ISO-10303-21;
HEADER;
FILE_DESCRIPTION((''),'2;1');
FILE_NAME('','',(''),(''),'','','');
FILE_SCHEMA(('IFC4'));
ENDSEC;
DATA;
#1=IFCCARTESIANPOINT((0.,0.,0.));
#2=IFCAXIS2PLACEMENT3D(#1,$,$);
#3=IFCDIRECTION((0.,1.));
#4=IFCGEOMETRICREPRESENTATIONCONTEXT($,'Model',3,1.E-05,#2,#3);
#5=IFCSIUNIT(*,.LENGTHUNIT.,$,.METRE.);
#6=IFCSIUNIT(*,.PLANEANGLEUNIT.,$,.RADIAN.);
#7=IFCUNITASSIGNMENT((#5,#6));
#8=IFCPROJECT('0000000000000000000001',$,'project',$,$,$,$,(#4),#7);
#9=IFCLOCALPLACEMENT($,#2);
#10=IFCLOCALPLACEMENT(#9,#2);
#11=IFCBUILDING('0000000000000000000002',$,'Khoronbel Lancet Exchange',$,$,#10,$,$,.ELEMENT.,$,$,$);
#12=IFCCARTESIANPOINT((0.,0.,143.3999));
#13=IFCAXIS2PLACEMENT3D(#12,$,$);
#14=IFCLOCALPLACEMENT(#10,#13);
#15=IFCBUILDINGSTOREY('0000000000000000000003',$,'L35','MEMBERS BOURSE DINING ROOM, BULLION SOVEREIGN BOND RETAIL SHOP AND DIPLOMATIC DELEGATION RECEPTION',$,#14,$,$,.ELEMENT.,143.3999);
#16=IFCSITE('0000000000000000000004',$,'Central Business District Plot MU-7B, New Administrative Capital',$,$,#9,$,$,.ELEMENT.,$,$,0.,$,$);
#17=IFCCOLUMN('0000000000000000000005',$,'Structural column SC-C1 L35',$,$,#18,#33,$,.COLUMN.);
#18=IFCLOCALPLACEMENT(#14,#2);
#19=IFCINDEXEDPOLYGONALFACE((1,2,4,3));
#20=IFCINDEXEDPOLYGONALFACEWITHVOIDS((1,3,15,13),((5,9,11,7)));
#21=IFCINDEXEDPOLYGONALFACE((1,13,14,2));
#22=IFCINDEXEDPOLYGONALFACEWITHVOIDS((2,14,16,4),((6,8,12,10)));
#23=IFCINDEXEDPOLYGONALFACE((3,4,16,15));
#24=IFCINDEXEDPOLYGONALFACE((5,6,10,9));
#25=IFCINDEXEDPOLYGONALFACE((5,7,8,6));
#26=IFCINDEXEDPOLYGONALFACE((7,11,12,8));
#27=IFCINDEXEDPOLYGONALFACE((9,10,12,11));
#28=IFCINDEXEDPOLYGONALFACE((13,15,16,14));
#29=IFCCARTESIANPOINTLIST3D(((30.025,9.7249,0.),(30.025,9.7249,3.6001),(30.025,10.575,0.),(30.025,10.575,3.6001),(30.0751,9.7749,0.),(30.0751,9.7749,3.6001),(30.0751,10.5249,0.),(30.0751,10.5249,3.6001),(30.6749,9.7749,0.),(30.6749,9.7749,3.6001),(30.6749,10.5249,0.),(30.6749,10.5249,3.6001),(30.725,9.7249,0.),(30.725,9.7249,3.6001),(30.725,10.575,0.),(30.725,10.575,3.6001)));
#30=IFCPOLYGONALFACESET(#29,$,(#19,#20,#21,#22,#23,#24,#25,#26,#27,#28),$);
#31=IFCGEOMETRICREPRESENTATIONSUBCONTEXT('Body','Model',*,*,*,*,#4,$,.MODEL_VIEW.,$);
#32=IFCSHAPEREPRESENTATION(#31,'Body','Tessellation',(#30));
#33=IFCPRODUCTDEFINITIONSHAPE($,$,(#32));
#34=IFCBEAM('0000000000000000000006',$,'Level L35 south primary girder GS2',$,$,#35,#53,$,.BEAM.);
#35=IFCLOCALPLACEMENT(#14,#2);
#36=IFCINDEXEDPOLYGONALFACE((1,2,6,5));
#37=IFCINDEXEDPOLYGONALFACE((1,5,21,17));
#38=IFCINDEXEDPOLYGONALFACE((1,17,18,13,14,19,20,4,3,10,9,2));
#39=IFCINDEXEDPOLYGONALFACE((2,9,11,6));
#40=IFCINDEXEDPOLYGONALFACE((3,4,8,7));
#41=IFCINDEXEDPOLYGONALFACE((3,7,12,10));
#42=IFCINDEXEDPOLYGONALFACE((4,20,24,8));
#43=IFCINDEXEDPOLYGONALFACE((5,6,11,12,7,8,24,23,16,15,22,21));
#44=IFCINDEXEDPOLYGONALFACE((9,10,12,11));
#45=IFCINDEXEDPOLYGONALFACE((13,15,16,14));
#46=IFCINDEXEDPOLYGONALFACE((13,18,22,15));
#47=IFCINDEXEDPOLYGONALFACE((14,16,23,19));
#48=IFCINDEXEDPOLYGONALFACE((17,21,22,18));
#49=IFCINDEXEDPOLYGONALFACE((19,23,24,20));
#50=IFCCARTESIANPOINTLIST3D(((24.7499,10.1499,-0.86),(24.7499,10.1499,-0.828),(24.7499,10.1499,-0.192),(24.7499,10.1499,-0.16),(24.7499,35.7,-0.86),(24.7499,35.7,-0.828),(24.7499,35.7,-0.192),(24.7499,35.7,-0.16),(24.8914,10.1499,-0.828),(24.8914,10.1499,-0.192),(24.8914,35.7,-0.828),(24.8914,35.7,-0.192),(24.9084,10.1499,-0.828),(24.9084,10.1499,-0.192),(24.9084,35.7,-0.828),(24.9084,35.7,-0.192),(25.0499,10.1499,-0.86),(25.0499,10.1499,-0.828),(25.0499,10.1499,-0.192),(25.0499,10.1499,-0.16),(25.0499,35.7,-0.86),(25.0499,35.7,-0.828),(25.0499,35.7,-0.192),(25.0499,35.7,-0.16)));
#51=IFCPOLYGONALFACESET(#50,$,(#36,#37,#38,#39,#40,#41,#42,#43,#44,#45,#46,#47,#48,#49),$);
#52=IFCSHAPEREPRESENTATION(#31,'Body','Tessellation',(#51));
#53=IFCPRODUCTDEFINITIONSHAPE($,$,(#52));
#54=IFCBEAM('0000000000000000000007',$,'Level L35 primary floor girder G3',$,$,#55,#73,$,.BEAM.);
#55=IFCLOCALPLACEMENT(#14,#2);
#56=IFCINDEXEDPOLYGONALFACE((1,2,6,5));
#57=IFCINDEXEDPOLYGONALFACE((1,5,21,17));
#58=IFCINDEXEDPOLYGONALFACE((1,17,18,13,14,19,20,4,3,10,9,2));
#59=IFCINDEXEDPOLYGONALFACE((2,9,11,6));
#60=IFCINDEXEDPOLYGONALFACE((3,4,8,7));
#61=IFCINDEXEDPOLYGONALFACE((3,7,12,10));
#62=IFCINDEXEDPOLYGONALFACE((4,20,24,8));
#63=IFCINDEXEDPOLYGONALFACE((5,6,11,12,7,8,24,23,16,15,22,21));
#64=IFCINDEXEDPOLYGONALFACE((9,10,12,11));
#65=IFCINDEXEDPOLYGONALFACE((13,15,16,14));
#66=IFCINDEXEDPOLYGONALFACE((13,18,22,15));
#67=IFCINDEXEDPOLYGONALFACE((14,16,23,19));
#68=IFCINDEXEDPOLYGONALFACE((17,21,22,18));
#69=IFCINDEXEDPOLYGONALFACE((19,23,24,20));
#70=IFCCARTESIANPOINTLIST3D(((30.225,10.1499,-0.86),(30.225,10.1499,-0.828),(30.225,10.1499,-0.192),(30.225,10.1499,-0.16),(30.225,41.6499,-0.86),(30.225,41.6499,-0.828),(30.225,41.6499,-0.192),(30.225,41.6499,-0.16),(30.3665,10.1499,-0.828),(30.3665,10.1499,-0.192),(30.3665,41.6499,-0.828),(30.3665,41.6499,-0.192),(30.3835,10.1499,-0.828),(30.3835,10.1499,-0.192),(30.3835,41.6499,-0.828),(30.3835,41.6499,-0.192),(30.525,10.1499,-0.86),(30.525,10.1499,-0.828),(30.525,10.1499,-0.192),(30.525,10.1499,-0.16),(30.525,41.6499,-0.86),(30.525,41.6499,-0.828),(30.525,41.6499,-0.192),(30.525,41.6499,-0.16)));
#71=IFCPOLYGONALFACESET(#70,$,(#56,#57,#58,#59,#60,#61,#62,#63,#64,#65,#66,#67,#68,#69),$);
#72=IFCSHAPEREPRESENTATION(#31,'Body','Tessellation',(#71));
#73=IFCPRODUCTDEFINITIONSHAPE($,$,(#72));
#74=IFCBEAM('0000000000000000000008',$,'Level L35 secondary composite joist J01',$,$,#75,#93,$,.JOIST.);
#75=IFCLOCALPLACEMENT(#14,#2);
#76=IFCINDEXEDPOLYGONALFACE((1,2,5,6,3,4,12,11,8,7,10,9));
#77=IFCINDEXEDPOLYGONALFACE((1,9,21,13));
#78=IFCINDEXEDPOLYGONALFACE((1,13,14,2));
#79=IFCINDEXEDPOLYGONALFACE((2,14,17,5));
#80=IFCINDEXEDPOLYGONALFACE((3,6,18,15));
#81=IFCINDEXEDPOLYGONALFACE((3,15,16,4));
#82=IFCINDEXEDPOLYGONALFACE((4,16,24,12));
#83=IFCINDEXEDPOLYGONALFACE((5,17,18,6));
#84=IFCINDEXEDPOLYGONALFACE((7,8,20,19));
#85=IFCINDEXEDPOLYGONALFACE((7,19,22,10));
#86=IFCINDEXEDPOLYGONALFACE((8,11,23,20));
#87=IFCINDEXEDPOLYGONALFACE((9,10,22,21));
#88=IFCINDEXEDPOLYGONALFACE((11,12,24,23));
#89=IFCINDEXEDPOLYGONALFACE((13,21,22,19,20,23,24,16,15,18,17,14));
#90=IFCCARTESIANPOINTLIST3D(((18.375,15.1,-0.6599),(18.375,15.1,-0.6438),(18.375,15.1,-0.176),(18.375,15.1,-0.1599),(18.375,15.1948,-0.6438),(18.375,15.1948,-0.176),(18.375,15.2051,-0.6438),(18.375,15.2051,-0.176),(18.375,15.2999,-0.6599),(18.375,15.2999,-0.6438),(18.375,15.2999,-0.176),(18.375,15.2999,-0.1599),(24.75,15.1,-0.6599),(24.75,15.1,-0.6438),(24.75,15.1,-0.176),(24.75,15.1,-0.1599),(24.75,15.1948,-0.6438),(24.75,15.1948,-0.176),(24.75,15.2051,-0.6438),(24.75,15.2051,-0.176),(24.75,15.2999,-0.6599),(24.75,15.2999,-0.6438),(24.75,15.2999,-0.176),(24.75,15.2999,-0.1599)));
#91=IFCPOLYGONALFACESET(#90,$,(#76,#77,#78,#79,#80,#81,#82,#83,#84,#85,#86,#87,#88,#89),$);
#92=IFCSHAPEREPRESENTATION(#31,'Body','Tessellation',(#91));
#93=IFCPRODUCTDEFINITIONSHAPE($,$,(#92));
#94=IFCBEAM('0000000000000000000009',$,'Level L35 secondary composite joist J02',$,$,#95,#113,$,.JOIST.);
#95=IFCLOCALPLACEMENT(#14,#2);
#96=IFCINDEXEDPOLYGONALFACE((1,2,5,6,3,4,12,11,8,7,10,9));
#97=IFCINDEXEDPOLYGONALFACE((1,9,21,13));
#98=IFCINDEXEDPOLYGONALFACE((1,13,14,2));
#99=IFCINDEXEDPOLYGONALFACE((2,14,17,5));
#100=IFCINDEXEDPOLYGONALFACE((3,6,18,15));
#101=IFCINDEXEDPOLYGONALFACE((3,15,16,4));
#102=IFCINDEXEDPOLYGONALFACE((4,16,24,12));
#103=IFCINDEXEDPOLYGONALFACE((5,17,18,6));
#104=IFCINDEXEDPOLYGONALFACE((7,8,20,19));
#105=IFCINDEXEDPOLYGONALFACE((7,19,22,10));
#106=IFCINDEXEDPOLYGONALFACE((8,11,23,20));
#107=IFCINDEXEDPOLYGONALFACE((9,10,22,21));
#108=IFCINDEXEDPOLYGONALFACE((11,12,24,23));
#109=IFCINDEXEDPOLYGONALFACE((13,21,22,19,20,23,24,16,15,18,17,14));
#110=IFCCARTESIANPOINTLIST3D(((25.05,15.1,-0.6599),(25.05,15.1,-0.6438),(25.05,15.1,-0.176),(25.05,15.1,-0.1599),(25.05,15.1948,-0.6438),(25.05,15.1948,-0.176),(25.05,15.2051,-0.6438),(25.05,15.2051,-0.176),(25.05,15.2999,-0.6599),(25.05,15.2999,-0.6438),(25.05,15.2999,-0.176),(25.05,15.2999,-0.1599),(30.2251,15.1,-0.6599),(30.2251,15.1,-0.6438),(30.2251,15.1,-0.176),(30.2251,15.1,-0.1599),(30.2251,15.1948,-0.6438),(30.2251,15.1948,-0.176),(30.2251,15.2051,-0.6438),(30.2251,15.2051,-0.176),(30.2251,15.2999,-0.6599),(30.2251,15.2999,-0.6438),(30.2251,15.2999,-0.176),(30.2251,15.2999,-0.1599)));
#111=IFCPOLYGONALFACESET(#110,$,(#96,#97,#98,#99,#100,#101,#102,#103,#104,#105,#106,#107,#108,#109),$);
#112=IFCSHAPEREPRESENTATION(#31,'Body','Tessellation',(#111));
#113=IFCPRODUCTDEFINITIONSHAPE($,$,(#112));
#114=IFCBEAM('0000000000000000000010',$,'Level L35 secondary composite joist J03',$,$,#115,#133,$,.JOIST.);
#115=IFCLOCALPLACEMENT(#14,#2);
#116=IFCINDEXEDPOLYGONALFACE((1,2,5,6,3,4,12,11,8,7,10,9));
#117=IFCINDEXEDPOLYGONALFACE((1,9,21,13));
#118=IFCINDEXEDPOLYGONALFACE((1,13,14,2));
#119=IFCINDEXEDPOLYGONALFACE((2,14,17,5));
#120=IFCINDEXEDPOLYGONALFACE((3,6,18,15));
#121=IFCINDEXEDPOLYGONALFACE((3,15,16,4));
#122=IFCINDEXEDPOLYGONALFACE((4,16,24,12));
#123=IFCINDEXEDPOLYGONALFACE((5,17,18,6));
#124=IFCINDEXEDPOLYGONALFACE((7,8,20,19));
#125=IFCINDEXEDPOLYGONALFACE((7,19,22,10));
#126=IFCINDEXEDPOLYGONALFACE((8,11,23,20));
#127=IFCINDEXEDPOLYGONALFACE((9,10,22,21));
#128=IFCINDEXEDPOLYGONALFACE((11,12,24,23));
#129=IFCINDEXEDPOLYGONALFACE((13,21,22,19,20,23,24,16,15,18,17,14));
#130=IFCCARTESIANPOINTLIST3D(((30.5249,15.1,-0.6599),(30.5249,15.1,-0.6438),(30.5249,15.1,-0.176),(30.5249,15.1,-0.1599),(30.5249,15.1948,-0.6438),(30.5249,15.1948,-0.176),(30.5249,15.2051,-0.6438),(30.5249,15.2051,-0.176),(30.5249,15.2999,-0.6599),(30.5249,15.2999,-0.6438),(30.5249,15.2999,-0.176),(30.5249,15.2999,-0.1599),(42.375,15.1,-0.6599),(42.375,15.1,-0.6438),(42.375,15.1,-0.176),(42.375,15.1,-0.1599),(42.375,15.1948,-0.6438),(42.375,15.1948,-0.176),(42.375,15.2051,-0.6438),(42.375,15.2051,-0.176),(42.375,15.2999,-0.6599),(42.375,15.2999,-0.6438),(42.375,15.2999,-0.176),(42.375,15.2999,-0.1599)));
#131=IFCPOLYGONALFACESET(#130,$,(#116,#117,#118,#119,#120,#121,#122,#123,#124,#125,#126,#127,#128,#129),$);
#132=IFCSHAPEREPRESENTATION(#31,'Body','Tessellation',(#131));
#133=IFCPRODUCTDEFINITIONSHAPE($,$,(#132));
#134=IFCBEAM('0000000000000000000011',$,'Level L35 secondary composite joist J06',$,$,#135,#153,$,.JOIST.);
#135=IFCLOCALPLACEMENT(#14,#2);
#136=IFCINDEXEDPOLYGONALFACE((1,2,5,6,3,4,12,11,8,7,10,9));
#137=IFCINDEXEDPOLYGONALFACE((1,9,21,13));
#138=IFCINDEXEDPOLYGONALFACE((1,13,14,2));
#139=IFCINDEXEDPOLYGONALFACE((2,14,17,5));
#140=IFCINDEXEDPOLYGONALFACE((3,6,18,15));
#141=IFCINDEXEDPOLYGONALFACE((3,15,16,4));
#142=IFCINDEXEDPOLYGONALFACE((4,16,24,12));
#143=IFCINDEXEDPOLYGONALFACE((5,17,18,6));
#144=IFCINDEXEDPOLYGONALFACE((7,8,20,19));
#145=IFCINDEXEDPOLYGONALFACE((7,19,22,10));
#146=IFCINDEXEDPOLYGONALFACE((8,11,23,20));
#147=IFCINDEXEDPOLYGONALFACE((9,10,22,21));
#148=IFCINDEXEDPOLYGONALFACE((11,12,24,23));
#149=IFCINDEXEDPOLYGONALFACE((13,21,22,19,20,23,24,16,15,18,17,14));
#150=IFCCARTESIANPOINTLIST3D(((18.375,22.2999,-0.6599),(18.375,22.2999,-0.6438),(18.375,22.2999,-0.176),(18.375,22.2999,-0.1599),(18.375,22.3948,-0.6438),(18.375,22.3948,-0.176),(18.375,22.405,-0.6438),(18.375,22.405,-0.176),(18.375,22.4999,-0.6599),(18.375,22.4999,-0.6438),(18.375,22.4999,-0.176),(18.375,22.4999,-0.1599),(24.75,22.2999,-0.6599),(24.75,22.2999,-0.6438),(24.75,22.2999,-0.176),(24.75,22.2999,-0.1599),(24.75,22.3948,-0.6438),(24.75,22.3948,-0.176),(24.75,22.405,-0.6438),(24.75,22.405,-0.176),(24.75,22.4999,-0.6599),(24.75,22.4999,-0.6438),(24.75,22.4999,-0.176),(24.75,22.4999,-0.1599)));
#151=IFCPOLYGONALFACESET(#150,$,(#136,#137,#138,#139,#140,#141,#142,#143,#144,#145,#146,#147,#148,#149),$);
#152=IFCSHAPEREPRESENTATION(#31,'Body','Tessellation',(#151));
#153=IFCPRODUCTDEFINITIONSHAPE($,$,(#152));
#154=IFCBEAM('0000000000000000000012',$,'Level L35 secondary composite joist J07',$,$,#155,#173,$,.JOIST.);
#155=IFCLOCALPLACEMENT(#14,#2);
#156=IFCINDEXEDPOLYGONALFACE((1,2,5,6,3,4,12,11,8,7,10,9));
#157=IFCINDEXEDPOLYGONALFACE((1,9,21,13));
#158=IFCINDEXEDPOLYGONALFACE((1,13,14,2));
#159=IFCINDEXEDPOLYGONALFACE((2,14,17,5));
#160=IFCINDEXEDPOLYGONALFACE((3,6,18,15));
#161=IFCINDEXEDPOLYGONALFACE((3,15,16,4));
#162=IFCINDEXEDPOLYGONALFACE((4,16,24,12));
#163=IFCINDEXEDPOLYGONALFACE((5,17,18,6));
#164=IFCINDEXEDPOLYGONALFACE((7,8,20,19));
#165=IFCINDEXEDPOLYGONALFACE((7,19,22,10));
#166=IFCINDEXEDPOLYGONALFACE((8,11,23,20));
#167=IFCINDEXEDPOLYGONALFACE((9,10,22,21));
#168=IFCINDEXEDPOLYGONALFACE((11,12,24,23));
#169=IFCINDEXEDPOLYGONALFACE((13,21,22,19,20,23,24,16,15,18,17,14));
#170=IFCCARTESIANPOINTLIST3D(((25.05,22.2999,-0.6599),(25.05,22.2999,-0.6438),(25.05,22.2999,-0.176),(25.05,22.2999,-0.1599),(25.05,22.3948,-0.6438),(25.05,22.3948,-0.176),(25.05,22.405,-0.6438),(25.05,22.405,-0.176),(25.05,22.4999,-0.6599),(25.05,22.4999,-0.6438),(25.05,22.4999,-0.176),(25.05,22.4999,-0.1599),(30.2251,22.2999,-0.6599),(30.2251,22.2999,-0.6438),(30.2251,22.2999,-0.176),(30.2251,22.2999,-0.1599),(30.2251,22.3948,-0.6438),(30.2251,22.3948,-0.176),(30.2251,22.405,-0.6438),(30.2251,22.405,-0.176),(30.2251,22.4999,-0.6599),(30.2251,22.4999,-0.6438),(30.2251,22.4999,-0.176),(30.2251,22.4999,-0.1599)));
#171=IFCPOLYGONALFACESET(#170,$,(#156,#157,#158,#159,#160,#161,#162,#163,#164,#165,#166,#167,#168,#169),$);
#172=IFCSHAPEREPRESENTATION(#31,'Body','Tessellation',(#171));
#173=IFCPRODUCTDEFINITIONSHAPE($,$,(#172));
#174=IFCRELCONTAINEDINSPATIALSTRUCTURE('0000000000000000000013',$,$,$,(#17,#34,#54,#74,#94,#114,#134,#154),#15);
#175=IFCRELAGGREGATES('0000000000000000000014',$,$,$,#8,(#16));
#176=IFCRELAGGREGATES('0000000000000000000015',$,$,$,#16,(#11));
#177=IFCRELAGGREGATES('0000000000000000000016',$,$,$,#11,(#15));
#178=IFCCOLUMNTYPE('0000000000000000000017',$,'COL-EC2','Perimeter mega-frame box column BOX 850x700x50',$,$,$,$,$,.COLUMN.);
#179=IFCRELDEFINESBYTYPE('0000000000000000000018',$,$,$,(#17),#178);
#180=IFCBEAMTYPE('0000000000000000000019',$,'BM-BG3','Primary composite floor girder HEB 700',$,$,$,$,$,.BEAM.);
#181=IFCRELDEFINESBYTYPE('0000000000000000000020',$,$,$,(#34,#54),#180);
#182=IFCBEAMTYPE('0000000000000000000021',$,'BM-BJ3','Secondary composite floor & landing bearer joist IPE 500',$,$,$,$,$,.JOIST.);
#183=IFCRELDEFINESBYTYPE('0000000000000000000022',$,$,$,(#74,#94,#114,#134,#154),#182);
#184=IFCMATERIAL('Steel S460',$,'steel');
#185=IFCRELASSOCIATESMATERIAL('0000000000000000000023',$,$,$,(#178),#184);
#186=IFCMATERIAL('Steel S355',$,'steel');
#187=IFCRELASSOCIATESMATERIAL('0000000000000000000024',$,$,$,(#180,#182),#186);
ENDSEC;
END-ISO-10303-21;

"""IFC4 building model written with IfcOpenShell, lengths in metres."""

from ifc_helpers import new_model, si_unit, direction, frame, origin, origin_2d, place, context, subcontext, project, spatial, hollow_rectangle, i_section, extrude, material, material_profile, profile_set, type_object, element, save


model = new_model("IFC4")

# Units and contexts
model_context = context("Model", 3, precision=1e-05, world=origin(), true_north=direction((0.0, 1.0)))
body_context = subcontext(model_context, "Body", "Model", "MODEL_VIEW")
ifc_project = project(units=[si_unit("LENGTHUNIT", "METRE"), si_unit("PLANEANGLEUNIT", "RADIAN")], contexts=[model_context])

# Site, building, storey
site_placement = place(None, origin())
site = spatial("IfcSite", under=ifc_project, at=site_placement, Name="Central Business District Plot MU-7B, New Administrative Capital", CompositionType="ELEMENT", RefElevation=0.0)
building_placement = place(site_placement, origin())
building = spatial("IfcBuilding", under=site, at=building_placement, Name="Khoronbel Lancet Exchange", CompositionType="ELEMENT")
storey_placement = place(building_placement, frame((0.0, 0.0, 143.3999)))
storey = spatial("IfcBuildingStorey", under=building, at=storey_placement, Name="L35", Description="MEMBERS BOURSE DINING ROOM, BULLION SOVEREIGN BOND RETAIL SHOP AND DIPLOMATIC DELEGATION RECEPTION", CompositionType="ELEMENT", Elevation=143.3999)

# Column
ifc_material_1 = material(Name="Steel S460", Category="steel")
ifc_material_profile_1 = material_profile(ifc_material_1, hollow_rectangle(XDim=0.7, YDim=0.8501, WallThickness=0.05, at=origin_2d()), Name="BOX 850x700x50")
ifc_profile_set_1 = profile_set([ifc_material_profile_1], Name="Steel S460")
column_type = type_object("IfcColumnType", Name="COL-EC2", Description="Perimeter mega-frame box column BOX 850x700x50", PredefinedType="COLUMN", material=ifc_profile_set_1)
column_placement = place(storey_placement, frame((30.375, 10.1499, 0.0), z_axis=(0.0, 0.0, 1.0), x_axis=(1.0, 0.0, 0.0)))
element("IfcColumn", 1, at=column_placement, inside=storey, type_object=column_type, Name="Structural column SC-C1 L35", PredefinedType="COLUMN", context=body_context, shape_type="SweptSolid", body=[
    extrude(hollow_rectangle(XDim=0.7, YDim=0.8501, WallThickness=0.05, at=origin_2d()), origin(), (0.0, 0.0, 1.0), 3.6001),
])

# Beams
ifc_material_2 = material(Name="Steel S355", Category="steel")
ifc_material_profile_2 = material_profile(ifc_material_2, i_section(OverallWidth=0.3, OverallDepth=0.7, WebThickness=0.0171, FlangeThickness=0.032, at=origin_2d()), Name="HEB 700")
ifc_profile_set_2 = profile_set([ifc_material_profile_2], Name="Steel S355")
beam_type_1 = type_object("IfcBeamType", Name="BM-BG3", Description="Primary composite floor girder HEB 700", PredefinedType="BEAM", material=ifc_profile_set_2)
beam_1_placement = place(storey_placement, frame((24.8999, 10.1499, -0.51), z_axis=(0.0, 1.0, 0.0), x_axis=(-1.0, 0.0, 0.0)))
element("IfcBeam", 2, at=beam_1_placement, inside=storey, type_object=beam_type_1, Name="Level L35 south primary girder GS2", PredefinedType="BEAM", context=body_context, shape_type="SweptSolid", body=[
    extrude(i_section(OverallWidth=0.3, OverallDepth=0.7, WebThickness=0.0171, FlangeThickness=0.032, at=origin_2d()), origin(), (0.0, 0.0, 1.0), 25.55),
])
beam_2_placement = place(storey_placement, frame((30.375, 10.1499, -0.51), z_axis=(0.0, 1.0, 0.0), x_axis=(-1.0, 0.0, 0.0)))
element("IfcBeam", 3, at=beam_2_placement, inside=storey, type_object=beam_type_1, Name="Level L35 primary floor girder G3", PredefinedType="BEAM", context=body_context, shape_type="SweptSolid", body=[
    extrude(i_section(OverallWidth=0.3, OverallDepth=0.7, WebThickness=0.0171, FlangeThickness=0.032, at=origin_2d()), origin(), (0.0, 0.0, 1.0), 31.5),
])
ifc_material_profile_3 = material_profile(ifc_material_2, i_section(OverallWidth=0.2, OverallDepth=0.5, WebThickness=0.0103, FlangeThickness=0.0161, at=origin_2d()), Name="IPE 500")
ifc_profile_set_3 = profile_set([ifc_material_profile_3], Name="Steel S355")
beam_type_2 = type_object("IfcBeamType", Name="BM-BJ3", Description="Secondary composite floor & landing bearer joist IPE 500", PredefinedType="JOIST", material=ifc_profile_set_3)
beam_3_placement = place(storey_placement, frame((18.375, 15.2, -0.4099), z_axis=(1.0, 0.0, 0.0), x_axis=(0.0, 1.0, 0.0)))
element("IfcBeam", 4, at=beam_3_placement, inside=storey, type_object=beam_type_2, Name="Level L35 secondary composite joist J01", PredefinedType="JOIST", context=body_context, shape_type="SweptSolid", body=[
    extrude(i_section(OverallWidth=0.2, OverallDepth=0.5, WebThickness=0.0103, FlangeThickness=0.0161, at=origin_2d()), origin(), (0.0, 0.0, 1.0), 6.375),
])
beam_4_placement = place(storey_placement, frame((25.05, 15.2, -0.4099), z_axis=(1.0, 0.0, 0.0), x_axis=(0.0, 1.0, 0.0)))
element("IfcBeam", 5, at=beam_4_placement, inside=storey, type_object=beam_type_2, Name="Level L35 secondary composite joist J02", PredefinedType="JOIST", context=body_context, shape_type="SweptSolid", body=[
    extrude(i_section(OverallWidth=0.2, OverallDepth=0.5, WebThickness=0.0103, FlangeThickness=0.0161, at=origin_2d()), origin(), (0.0, 0.0, 1.0), 5.175),
])
beam_5_placement = place(storey_placement, frame((30.5249, 15.2, -0.4099), z_axis=(1.0, 0.0, 0.0), x_axis=(0.0, 1.0, 0.0)))
element("IfcBeam", 6, at=beam_5_placement, inside=storey, type_object=beam_type_2, Name="Level L35 secondary composite joist J03", PredefinedType="JOIST", context=body_context, shape_type="SweptSolid", body=[
    extrude(i_section(OverallWidth=0.2, OverallDepth=0.5, WebThickness=0.0103, FlangeThickness=0.0161, at=origin_2d()), origin(), (0.0, 0.0, 1.0), 11.8501),
])
beam_6_placement = place(storey_placement, frame((18.375, 22.3999, -0.4099), z_axis=(1.0, 0.0, 0.0), x_axis=(0.0, 1.0, 0.0)))
element("IfcBeam", 7, at=beam_6_placement, inside=storey, type_object=beam_type_2, Name="Level L35 secondary composite joist J06", PredefinedType="JOIST", context=body_context, shape_type="SweptSolid", body=[
    extrude(i_section(OverallWidth=0.2, OverallDepth=0.5, WebThickness=0.0103, FlangeThickness=0.0161, at=origin_2d()), origin(), (0.0, 0.0, 1.0), 6.375),
])
beam_7_placement = place(storey_placement, frame((25.05, 22.3999, -0.4099), z_axis=(1.0, 0.0, 0.0), x_axis=(0.0, 1.0, 0.0)))
element("IfcBeam", 8, at=beam_7_placement, inside=storey, type_object=beam_type_2, Name="Level L35 secondary composite joist J07", PredefinedType="JOIST", context=body_context, shape_type="SweptSolid", body=[
    extrude(i_section(OverallWidth=0.2, OverallDepth=0.5, WebThickness=0.0103, FlangeThickness=0.0161, at=origin_2d()), origin(), (0.0, 0.0, 1.0), 5.175),
])

save(model, "model.ifc")
